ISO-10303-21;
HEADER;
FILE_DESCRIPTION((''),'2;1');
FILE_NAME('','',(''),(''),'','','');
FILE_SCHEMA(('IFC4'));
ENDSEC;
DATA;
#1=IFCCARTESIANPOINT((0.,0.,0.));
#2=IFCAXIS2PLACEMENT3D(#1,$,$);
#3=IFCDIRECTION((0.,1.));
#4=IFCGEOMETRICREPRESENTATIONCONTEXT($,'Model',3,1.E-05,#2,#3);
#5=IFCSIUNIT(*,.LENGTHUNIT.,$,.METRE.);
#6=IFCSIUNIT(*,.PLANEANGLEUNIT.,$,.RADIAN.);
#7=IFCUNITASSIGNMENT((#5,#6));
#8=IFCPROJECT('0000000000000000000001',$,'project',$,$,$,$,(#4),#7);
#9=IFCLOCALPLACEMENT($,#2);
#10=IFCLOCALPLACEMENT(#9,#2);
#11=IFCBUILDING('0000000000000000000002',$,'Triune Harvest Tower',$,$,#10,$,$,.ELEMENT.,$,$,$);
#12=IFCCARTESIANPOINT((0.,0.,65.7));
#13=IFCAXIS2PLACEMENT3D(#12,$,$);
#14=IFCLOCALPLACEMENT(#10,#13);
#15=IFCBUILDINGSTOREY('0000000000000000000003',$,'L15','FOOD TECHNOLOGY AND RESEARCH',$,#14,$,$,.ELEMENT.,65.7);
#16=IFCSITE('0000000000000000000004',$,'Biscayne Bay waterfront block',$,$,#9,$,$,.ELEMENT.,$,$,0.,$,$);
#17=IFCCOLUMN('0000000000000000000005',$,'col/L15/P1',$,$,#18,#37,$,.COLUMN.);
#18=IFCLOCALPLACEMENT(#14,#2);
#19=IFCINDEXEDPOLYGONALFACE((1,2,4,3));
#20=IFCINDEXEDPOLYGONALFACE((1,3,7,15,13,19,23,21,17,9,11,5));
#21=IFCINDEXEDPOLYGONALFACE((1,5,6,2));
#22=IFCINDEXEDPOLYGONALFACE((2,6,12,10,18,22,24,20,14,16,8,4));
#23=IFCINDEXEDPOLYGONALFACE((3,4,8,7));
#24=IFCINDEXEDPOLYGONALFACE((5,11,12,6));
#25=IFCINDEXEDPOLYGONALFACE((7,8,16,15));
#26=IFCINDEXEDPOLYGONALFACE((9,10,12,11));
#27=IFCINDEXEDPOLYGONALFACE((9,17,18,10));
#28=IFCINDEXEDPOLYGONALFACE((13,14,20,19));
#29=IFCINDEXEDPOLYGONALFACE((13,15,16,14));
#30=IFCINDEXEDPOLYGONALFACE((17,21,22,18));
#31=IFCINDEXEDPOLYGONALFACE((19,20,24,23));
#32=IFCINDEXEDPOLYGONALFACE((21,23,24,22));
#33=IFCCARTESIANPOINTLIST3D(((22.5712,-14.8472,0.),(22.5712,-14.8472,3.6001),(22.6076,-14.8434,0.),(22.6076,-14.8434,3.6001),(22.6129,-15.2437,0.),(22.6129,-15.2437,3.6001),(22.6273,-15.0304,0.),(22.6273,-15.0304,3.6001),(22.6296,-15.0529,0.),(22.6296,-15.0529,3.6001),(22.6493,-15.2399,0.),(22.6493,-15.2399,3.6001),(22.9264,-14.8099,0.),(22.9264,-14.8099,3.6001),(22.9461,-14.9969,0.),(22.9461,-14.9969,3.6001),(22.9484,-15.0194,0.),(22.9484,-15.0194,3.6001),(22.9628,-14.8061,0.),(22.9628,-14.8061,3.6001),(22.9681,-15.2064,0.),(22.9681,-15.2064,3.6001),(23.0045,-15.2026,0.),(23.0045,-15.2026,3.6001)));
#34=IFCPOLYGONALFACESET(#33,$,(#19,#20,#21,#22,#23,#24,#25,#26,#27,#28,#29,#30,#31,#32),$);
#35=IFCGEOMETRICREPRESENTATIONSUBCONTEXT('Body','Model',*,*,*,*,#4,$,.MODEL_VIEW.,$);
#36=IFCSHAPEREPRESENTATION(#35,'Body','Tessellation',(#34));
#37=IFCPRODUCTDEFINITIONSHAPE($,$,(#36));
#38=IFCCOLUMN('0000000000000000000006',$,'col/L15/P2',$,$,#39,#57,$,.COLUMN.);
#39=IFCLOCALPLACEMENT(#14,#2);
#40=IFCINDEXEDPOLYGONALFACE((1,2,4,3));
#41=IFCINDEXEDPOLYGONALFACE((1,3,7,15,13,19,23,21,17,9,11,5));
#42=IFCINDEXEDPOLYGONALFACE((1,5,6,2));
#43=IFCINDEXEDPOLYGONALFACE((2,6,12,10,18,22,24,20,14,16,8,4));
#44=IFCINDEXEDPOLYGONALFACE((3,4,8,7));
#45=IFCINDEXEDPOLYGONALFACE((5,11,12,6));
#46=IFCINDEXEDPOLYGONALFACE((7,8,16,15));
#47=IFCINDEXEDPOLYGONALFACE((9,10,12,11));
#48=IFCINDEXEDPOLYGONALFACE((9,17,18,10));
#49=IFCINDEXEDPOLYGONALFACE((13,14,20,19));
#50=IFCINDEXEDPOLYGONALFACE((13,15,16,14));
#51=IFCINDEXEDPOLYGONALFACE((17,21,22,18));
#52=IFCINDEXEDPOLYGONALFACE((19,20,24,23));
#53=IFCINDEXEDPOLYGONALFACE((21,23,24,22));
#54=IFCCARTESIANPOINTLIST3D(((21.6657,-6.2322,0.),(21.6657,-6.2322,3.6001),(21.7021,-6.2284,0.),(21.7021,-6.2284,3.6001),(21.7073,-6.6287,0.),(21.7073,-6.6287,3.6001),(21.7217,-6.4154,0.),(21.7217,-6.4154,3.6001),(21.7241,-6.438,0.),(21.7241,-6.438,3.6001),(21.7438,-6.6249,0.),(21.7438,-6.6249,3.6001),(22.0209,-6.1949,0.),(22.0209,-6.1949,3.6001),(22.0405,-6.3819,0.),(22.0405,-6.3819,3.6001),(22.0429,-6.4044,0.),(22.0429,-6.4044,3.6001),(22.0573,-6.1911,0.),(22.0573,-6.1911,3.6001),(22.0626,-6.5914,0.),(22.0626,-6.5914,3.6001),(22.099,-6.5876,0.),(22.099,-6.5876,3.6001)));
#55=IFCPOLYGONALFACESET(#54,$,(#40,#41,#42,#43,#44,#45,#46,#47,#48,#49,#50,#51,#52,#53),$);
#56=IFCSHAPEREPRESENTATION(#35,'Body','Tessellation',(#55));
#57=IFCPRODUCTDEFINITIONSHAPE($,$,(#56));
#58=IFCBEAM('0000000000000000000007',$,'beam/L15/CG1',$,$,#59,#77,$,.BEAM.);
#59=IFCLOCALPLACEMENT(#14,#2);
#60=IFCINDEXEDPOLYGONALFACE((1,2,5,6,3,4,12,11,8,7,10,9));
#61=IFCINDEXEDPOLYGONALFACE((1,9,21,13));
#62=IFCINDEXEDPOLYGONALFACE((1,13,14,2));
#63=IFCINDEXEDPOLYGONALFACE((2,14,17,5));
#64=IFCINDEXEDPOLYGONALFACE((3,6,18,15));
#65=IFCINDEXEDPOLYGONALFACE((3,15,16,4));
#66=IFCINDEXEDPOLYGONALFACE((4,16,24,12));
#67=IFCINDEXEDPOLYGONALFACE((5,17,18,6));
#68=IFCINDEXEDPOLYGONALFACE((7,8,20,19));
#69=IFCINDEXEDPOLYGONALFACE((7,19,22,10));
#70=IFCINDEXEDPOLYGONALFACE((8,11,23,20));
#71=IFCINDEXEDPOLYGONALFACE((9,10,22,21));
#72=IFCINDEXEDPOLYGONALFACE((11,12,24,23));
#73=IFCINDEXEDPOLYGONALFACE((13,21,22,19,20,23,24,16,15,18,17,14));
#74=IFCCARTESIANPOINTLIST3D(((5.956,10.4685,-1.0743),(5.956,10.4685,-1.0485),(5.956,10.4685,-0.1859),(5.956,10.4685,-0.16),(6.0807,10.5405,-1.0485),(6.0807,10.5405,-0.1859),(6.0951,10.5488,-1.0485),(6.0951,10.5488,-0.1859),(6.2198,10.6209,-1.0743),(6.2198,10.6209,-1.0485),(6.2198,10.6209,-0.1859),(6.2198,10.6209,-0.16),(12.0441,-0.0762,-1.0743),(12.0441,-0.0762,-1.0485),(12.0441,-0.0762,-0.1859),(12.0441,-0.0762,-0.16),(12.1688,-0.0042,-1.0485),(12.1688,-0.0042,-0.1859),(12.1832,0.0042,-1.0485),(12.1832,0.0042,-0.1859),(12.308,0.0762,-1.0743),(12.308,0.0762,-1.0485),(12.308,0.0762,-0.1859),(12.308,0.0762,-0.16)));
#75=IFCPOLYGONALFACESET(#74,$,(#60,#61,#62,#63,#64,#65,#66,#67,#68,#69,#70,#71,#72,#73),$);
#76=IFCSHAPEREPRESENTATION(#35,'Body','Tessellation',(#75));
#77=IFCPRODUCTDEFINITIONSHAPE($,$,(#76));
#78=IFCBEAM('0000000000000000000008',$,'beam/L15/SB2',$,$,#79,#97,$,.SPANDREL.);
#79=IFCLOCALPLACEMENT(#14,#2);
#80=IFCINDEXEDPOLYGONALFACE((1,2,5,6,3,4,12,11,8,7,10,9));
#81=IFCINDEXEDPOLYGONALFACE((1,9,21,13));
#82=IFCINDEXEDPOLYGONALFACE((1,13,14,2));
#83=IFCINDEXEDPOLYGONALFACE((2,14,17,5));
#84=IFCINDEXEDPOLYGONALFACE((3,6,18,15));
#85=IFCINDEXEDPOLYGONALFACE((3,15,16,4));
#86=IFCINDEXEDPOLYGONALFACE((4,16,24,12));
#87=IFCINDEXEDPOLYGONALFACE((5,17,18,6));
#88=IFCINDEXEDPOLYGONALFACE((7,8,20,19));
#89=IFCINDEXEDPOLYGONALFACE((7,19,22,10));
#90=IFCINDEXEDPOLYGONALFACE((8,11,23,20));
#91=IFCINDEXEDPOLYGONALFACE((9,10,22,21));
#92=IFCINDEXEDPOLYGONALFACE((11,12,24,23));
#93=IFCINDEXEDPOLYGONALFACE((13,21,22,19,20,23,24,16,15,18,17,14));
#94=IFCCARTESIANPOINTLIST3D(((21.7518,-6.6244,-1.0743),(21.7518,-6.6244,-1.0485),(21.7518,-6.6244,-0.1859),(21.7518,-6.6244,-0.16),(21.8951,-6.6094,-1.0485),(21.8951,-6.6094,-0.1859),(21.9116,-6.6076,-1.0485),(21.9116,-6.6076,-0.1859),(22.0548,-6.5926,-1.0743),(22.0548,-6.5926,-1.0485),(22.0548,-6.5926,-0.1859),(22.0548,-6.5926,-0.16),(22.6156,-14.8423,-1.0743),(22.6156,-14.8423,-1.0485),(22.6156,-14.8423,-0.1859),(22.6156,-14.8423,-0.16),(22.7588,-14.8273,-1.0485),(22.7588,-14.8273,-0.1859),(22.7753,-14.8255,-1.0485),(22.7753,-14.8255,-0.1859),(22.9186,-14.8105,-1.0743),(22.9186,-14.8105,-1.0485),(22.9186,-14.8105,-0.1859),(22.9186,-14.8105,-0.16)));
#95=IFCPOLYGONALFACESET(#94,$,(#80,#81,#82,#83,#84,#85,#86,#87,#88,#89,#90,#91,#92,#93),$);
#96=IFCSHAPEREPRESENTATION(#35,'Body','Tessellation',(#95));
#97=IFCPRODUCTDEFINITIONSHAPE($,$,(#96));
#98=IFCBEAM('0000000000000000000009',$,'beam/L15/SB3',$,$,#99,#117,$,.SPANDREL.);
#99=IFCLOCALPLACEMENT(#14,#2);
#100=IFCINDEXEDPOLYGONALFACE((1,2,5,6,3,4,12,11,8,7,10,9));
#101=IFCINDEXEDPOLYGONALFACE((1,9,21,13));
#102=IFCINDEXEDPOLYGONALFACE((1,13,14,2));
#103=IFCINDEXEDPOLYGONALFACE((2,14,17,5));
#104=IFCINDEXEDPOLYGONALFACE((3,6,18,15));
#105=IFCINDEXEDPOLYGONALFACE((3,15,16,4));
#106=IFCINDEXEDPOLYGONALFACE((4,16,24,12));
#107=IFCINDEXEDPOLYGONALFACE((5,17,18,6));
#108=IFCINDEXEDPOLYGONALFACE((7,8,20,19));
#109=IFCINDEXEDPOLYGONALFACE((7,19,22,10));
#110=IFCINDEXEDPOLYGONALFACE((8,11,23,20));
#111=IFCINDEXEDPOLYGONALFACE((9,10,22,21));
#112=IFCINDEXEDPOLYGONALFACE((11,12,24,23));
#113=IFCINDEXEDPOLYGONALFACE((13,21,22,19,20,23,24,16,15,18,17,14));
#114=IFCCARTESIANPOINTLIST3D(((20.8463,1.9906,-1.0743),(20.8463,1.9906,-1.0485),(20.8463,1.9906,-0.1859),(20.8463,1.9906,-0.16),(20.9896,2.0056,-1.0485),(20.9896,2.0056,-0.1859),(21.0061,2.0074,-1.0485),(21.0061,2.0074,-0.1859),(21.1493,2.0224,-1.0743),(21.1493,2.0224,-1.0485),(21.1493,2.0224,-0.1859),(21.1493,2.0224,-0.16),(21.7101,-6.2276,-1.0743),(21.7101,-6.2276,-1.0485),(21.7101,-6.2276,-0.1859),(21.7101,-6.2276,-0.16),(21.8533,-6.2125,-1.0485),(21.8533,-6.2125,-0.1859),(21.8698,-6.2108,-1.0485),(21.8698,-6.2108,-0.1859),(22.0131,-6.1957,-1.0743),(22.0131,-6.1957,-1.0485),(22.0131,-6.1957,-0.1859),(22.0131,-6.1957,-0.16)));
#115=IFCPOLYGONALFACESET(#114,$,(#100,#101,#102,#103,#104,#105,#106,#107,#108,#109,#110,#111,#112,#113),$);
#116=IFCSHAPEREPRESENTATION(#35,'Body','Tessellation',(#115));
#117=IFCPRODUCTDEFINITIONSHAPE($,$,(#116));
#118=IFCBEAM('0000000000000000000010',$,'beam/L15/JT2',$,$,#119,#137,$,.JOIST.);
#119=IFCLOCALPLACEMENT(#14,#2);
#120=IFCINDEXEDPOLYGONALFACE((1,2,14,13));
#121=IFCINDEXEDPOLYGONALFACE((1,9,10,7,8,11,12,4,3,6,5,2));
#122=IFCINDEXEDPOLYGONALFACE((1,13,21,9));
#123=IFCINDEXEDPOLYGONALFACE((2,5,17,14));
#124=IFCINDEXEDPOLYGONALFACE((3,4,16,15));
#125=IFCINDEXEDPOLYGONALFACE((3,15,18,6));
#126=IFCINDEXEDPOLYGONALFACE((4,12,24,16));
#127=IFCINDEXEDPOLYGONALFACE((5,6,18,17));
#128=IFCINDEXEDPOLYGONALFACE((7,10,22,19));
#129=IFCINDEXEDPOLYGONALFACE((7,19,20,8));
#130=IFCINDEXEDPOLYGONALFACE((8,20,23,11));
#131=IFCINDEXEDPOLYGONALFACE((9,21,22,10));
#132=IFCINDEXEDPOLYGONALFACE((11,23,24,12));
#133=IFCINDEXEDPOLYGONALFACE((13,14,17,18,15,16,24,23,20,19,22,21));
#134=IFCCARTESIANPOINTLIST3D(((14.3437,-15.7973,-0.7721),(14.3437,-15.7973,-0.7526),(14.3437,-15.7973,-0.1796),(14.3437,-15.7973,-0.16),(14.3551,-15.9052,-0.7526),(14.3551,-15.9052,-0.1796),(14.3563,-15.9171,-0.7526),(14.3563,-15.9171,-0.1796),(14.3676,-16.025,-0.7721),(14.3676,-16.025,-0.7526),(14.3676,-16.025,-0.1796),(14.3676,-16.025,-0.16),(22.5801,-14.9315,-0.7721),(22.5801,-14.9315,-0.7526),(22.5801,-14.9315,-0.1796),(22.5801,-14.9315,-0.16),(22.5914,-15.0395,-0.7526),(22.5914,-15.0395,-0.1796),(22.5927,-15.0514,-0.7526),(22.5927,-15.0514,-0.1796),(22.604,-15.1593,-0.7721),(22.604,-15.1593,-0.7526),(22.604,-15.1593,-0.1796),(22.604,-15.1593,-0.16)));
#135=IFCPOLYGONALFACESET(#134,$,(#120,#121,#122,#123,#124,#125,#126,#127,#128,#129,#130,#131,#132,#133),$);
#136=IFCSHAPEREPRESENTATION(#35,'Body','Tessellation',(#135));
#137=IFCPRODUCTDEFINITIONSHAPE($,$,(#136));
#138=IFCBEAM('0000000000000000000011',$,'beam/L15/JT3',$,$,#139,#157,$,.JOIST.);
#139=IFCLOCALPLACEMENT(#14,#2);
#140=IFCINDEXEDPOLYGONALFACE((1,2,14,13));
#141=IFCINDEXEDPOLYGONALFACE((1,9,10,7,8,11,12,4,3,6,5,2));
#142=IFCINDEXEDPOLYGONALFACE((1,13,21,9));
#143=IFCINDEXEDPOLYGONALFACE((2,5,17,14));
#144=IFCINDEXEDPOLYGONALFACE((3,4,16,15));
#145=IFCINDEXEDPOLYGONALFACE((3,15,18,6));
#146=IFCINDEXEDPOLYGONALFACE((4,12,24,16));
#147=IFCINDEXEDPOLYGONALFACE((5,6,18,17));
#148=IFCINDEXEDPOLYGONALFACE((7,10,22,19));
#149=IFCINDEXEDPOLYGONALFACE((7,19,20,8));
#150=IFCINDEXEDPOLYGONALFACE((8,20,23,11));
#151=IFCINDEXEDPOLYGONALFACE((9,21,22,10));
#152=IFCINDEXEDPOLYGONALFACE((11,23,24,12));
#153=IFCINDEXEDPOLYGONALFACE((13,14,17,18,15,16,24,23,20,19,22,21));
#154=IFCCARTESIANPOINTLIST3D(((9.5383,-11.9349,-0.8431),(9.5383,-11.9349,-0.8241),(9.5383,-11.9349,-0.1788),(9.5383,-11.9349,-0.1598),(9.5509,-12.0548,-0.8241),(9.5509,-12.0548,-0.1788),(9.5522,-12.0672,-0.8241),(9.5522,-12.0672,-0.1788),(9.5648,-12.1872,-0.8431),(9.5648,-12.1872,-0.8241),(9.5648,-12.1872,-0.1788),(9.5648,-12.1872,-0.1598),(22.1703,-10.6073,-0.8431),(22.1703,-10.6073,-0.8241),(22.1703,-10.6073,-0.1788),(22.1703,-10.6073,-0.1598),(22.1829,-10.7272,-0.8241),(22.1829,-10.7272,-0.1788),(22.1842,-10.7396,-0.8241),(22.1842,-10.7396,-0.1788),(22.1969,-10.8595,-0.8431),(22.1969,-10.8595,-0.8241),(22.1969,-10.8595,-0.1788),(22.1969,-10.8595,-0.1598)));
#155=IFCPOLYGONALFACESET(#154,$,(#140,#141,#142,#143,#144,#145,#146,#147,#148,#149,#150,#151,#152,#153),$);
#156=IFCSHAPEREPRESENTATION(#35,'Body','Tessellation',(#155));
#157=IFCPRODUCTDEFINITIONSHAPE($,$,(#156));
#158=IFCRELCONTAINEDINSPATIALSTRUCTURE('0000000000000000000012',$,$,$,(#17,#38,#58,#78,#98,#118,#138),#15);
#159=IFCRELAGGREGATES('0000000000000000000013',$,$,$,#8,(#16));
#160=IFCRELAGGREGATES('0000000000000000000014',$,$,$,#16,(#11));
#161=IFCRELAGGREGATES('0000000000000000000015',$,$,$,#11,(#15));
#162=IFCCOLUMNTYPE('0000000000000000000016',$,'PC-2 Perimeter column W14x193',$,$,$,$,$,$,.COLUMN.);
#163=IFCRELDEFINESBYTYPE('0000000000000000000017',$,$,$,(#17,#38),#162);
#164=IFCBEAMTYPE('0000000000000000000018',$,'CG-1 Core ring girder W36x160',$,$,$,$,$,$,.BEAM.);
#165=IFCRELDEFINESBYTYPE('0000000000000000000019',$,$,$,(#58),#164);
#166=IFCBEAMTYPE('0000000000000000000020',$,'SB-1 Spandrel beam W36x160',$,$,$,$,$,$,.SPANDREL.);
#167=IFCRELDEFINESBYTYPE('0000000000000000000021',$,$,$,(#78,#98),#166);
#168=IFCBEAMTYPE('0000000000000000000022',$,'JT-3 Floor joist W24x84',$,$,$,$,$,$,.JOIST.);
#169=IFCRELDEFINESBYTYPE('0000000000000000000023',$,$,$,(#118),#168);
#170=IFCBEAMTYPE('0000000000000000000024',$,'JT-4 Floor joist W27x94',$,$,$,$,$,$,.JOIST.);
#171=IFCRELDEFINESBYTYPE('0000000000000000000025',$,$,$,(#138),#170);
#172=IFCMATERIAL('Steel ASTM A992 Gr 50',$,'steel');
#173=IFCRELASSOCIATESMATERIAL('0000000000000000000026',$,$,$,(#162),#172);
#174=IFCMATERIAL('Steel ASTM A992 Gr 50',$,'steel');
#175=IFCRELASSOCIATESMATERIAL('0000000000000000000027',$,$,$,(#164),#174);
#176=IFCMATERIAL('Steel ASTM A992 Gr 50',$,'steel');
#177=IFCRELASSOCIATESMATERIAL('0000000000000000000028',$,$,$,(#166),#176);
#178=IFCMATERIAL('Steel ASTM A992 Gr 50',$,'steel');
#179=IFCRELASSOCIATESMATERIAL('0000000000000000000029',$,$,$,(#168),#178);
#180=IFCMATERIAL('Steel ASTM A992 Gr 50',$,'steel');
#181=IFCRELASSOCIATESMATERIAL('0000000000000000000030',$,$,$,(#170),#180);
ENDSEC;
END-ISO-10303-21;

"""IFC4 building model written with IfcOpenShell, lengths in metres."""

from ifc_helpers import new_model, si_unit, direction, frame, origin, origin_2d, place, context, subcontext, project, spatial, i_section, extrude, source, transform, mapped, material, material_profile, profile_set, type_object, element, save


model = new_model("IFC4")

# Units and contexts
model_context = context("Model", 3, precision=1e-05, world=origin(), true_north=direction((0.0, 1.0)))
body_context = subcontext(model_context, "Body", "Model", "MODEL_VIEW")
ifc_project = project(units=[si_unit("LENGTHUNIT", "METRE"), si_unit("PLANEANGLEUNIT", "RADIAN")], contexts=[model_context])

# Site, building, storey
site_placement = place(None, origin())
site = spatial("IfcSite", under=ifc_project, at=site_placement, Name="Biscayne Bay waterfront block", CompositionType="ELEMENT", RefElevation=0.0)
building_placement = place(site_placement, origin())
building = spatial("IfcBuilding", under=site, at=building_placement, Name="Triune Harvest Tower", CompositionType="ELEMENT")
storey_placement = place(building_placement, frame((0.0, 0.0, 65.7)))
storey = spatial("IfcBuildingStorey", under=building, at=storey_placement, Name="L15", Description="FOOD TECHNOLOGY AND RESEARCH", CompositionType="ELEMENT", Elevation=65.7)

# Columns
ifc_material_1 = material(Name="Steel ASTM A992 Gr 50", Category="steel")
ifc_material_profile_1 = material_profile(ifc_material_1, i_section(OverallWidth=0.3987, OverallDepth=0.3938, WebThickness=0.0227, FlangeThickness=0.0366, at=origin_2d()), Name="W14x193")
ifc_profile_set_1 = profile_set([ifc_material_profile_1], Name="Steel ASTM A992 Gr 50")
column_type = type_object("IfcColumnType", Name="PC-2 Perimeter column W14x193", PredefinedType="COLUMN", material=ifc_profile_set_1)
shared_shape_1 = source(origin(), body_context, "Body", "SweptSolid", [
    extrude(i_section(OverallWidth=0.3987, OverallDepth=0.3938, WebThickness=0.0227, FlangeThickness=0.0366, at=origin_2d()), origin(), (0.0, 0.0, 1.0), 3.6001),
])
for number, where, z_axis, x_axis, name in (
    (1, (22.7878, -15.0249, 0.0), (0.0, 0.0, 1.0), (-0.104527, 0.994522, 0.0), "col/L15/P1"),
    (2, (21.8823, -6.4099, 0.0), (0.0, 0.0, 1.0), (-0.104527, 0.994522, 0.0), "col/L15/P2"),
):
    element("IfcColumn", number, at=place(storey_placement, frame(where, z_axis=z_axis, x_axis=x_axis)), inside=storey, type_object=column_type, Name=name, PredefinedType="COLUMN", context=body_context, shape_type="MappedRepresentation", body=[
        mapped(shared_shape_1, transform((0.0, 0.0, 0.0), scale=1.0)),
    ])

# Beams
ifc_material_2 = material(Name="Steel ASTM A992 Gr 50", Category="steel")
ifc_material_profile_2 = material_profile(ifc_material_2, i_section(OverallWidth=0.3047, OverallDepth=0.9143, WebThickness=0.0166, FlangeThickness=0.0259, at=origin_2d()), Name="W36x160")
ifc_profile_set_2 = profile_set([ifc_material_profile_2], Name="Steel ASTM A992 Gr 50")
beam_type_1 = type_object("IfcBeamType", Name="CG-1 Core ring girder W36x160", PredefinedType="BEAM", material=ifc_profile_set_2)
shared_shape_2 = source(origin(), body_context, "Body", "SweptSolid", [
    extrude(i_section(OverallWidth=0.3047, OverallDepth=0.9143, WebThickness=0.0166, FlangeThickness=0.0259, at=origin_2d()), origin(), (0.0, 0.0, 1.0), 12.176),
])
beam_1_placement = place(storey_placement, frame((12.176, 0.0, -0.6172), z_axis=(-0.50001, 0.86602, 0.0), x_axis=(-0.86602, -0.50001, 0.0)))
element("IfcBeam", 3, at=beam_1_placement, inside=storey, type_object=beam_type_1, Name="beam/L15/CG1", PredefinedType="BEAM", context=body_context, shape_type="MappedRepresentation", body=[
    mapped(shared_shape_2, transform((0.0, 0.0, 0.0), scale=1.0)),
])
ifc_material_3 = material(Name="Steel ASTM A992 Gr 50", Category="steel")
ifc_material_profile_3 = material_profile(ifc_material_3, i_section(OverallWidth=0.3047, OverallDepth=0.9143, WebThickness=0.0166, FlangeThickness=0.0259, at=origin_2d()), Name="W36x160")
ifc_profile_set_3 = profile_set([ifc_material_profile_3], Name="Steel ASTM A992 Gr 50")
beam_type_2 = type_object("IfcBeamType", Name="SB-1 Spandrel beam W36x160", PredefinedType="SPANDREL", material=ifc_profile_set_3)
shared_shape_3 = source(origin(), body_context, "Body", "SweptSolid", [
    extrude(i_section(OverallWidth=0.3047, OverallDepth=0.9143, WebThickness=0.0166, FlangeThickness=0.0259, at=origin_2d()), origin(), (0.0, 0.0, 1.0), 8.2632),
])
beam_2_placement = place(storey_placement, frame((22.7671, -14.8264, -0.6172), z_axis=(-0.104531, 0.994522, 0.0), x_axis=(-0.994522, -0.104531, 0.0)))
element("IfcBeam", 4, at=beam_2_placement, inside=storey, type_object=beam_type_2, Name="beam/L15/SB2", PredefinedType="SPANDREL", context=body_context, shape_type="MappedRepresentation", body=[
    mapped(shared_shape_3, transform((0.0, 0.0, 0.0), scale=1.0)),
])
shared_shape_4 = source(origin(), body_context, "Body", "SweptSolid", [
    extrude(i_section(OverallWidth=0.3047, OverallDepth=0.9143, WebThickness=0.0166, FlangeThickness=0.0259, at=origin_2d()), origin(), (0.0, 0.0, 1.0), 8.2634),
])
beam_3_placement = place(storey_placement, frame((21.8616, -6.2117, -0.6172), z_axis=(-0.104528, 0.994522, 0.0), x_axis=(-0.994522, -0.104528, 0.0)))
element("IfcBeam", 5, at=beam_3_placement, inside=storey, type_object=beam_type_2, Name="beam/L15/SB3", PredefinedType="SPANDREL", context=body_context, shape_type="MappedRepresentation", body=[
    mapped(shared_shape_4, transform((0.0, 0.0, 0.0), scale=1.0)),
])
ifc_material_4 = material(Name="Steel ASTM A992 Gr 50", Category="steel")
ifc_material_profile_4 = material_profile(ifc_material_4, i_section(OverallWidth=0.229, OverallDepth=0.6121, WebThickness=0.012, FlangeThickness=0.0195, at=origin_2d()), Name="W24x84")
ifc_profile_set_4 = profile_set([ifc_material_profile_4], Name="Steel ASTM A992 Gr 50")
beam_type_3 = type_object("IfcBeamType", Name="JT-3 Floor joist W24x84", PredefinedType="JOIST", material=ifc_profile_set_4)
shared_shape_5 = source(origin(), body_context, "Body", "SweptSolid", [
    extrude(i_section(OverallWidth=0.229, OverallDepth=0.6121, WebThickness=0.012, FlangeThickness=0.0195, at=origin_2d()), origin(), (0.0, 0.0, 1.0), 8.2817),
])
beam_4_placement = place(storey_placement, frame((22.592, -15.0454, -0.4661), z_axis=(-0.994521, -0.104534, 0.0), x_axis=(0.104534, -0.994521, 0.0)))
element("IfcBeam", 6, at=beam_4_placement, inside=storey, type_object=beam_type_3, Name="beam/L15/JT2", PredefinedType="JOIST", context=body_context, shape_type="MappedRepresentation", body=[
    mapped(shared_shape_5, transform((0.0, 0.0, 0.0), scale=1.0)),
])
ifc_material_5 = material(Name="Steel ASTM A992 Gr 50", Category="steel")
ifc_material_profile_5 = material_profile(ifc_material_5, i_section(OverallWidth=0.2537, OverallDepth=0.6833, WebThickness=0.0125, FlangeThickness=0.019, at=origin_2d()), Name="W27x94")
ifc_profile_set_5 = profile_set([ifc_material_profile_5], Name="Steel ASTM A992 Gr 50")
beam_type_4 = type_object("IfcBeamType", Name="JT-4 Floor joist W27x94", PredefinedType="JOIST", material=ifc_profile_set_5)
shared_shape_6 = source(origin(), body_context, "Body", "SweptSolid", [
    extrude(i_section(OverallWidth=0.2537, OverallDepth=0.6833, WebThickness=0.0125, FlangeThickness=0.019, at=origin_2d()), origin(), (0.0, 0.0, 1.0), 12.7017),
])
beam_5_placement = place(storey_placement, frame((22.1836, -10.7334, -0.5015), z_axis=(-0.994522, -0.104525, 0.0), x_axis=(0.104525, -0.994522, 0.0)))
element("IfcBeam", 7, at=beam_5_placement, inside=storey, type_object=beam_type_4, Name="beam/L15/JT3", PredefinedType="JOIST", context=body_context, shape_type="MappedRepresentation", body=[
    mapped(shared_shape_6, transform((0.0, 0.0, 0.0), scale=1.0)),
])

save(model, "model.ifc")
